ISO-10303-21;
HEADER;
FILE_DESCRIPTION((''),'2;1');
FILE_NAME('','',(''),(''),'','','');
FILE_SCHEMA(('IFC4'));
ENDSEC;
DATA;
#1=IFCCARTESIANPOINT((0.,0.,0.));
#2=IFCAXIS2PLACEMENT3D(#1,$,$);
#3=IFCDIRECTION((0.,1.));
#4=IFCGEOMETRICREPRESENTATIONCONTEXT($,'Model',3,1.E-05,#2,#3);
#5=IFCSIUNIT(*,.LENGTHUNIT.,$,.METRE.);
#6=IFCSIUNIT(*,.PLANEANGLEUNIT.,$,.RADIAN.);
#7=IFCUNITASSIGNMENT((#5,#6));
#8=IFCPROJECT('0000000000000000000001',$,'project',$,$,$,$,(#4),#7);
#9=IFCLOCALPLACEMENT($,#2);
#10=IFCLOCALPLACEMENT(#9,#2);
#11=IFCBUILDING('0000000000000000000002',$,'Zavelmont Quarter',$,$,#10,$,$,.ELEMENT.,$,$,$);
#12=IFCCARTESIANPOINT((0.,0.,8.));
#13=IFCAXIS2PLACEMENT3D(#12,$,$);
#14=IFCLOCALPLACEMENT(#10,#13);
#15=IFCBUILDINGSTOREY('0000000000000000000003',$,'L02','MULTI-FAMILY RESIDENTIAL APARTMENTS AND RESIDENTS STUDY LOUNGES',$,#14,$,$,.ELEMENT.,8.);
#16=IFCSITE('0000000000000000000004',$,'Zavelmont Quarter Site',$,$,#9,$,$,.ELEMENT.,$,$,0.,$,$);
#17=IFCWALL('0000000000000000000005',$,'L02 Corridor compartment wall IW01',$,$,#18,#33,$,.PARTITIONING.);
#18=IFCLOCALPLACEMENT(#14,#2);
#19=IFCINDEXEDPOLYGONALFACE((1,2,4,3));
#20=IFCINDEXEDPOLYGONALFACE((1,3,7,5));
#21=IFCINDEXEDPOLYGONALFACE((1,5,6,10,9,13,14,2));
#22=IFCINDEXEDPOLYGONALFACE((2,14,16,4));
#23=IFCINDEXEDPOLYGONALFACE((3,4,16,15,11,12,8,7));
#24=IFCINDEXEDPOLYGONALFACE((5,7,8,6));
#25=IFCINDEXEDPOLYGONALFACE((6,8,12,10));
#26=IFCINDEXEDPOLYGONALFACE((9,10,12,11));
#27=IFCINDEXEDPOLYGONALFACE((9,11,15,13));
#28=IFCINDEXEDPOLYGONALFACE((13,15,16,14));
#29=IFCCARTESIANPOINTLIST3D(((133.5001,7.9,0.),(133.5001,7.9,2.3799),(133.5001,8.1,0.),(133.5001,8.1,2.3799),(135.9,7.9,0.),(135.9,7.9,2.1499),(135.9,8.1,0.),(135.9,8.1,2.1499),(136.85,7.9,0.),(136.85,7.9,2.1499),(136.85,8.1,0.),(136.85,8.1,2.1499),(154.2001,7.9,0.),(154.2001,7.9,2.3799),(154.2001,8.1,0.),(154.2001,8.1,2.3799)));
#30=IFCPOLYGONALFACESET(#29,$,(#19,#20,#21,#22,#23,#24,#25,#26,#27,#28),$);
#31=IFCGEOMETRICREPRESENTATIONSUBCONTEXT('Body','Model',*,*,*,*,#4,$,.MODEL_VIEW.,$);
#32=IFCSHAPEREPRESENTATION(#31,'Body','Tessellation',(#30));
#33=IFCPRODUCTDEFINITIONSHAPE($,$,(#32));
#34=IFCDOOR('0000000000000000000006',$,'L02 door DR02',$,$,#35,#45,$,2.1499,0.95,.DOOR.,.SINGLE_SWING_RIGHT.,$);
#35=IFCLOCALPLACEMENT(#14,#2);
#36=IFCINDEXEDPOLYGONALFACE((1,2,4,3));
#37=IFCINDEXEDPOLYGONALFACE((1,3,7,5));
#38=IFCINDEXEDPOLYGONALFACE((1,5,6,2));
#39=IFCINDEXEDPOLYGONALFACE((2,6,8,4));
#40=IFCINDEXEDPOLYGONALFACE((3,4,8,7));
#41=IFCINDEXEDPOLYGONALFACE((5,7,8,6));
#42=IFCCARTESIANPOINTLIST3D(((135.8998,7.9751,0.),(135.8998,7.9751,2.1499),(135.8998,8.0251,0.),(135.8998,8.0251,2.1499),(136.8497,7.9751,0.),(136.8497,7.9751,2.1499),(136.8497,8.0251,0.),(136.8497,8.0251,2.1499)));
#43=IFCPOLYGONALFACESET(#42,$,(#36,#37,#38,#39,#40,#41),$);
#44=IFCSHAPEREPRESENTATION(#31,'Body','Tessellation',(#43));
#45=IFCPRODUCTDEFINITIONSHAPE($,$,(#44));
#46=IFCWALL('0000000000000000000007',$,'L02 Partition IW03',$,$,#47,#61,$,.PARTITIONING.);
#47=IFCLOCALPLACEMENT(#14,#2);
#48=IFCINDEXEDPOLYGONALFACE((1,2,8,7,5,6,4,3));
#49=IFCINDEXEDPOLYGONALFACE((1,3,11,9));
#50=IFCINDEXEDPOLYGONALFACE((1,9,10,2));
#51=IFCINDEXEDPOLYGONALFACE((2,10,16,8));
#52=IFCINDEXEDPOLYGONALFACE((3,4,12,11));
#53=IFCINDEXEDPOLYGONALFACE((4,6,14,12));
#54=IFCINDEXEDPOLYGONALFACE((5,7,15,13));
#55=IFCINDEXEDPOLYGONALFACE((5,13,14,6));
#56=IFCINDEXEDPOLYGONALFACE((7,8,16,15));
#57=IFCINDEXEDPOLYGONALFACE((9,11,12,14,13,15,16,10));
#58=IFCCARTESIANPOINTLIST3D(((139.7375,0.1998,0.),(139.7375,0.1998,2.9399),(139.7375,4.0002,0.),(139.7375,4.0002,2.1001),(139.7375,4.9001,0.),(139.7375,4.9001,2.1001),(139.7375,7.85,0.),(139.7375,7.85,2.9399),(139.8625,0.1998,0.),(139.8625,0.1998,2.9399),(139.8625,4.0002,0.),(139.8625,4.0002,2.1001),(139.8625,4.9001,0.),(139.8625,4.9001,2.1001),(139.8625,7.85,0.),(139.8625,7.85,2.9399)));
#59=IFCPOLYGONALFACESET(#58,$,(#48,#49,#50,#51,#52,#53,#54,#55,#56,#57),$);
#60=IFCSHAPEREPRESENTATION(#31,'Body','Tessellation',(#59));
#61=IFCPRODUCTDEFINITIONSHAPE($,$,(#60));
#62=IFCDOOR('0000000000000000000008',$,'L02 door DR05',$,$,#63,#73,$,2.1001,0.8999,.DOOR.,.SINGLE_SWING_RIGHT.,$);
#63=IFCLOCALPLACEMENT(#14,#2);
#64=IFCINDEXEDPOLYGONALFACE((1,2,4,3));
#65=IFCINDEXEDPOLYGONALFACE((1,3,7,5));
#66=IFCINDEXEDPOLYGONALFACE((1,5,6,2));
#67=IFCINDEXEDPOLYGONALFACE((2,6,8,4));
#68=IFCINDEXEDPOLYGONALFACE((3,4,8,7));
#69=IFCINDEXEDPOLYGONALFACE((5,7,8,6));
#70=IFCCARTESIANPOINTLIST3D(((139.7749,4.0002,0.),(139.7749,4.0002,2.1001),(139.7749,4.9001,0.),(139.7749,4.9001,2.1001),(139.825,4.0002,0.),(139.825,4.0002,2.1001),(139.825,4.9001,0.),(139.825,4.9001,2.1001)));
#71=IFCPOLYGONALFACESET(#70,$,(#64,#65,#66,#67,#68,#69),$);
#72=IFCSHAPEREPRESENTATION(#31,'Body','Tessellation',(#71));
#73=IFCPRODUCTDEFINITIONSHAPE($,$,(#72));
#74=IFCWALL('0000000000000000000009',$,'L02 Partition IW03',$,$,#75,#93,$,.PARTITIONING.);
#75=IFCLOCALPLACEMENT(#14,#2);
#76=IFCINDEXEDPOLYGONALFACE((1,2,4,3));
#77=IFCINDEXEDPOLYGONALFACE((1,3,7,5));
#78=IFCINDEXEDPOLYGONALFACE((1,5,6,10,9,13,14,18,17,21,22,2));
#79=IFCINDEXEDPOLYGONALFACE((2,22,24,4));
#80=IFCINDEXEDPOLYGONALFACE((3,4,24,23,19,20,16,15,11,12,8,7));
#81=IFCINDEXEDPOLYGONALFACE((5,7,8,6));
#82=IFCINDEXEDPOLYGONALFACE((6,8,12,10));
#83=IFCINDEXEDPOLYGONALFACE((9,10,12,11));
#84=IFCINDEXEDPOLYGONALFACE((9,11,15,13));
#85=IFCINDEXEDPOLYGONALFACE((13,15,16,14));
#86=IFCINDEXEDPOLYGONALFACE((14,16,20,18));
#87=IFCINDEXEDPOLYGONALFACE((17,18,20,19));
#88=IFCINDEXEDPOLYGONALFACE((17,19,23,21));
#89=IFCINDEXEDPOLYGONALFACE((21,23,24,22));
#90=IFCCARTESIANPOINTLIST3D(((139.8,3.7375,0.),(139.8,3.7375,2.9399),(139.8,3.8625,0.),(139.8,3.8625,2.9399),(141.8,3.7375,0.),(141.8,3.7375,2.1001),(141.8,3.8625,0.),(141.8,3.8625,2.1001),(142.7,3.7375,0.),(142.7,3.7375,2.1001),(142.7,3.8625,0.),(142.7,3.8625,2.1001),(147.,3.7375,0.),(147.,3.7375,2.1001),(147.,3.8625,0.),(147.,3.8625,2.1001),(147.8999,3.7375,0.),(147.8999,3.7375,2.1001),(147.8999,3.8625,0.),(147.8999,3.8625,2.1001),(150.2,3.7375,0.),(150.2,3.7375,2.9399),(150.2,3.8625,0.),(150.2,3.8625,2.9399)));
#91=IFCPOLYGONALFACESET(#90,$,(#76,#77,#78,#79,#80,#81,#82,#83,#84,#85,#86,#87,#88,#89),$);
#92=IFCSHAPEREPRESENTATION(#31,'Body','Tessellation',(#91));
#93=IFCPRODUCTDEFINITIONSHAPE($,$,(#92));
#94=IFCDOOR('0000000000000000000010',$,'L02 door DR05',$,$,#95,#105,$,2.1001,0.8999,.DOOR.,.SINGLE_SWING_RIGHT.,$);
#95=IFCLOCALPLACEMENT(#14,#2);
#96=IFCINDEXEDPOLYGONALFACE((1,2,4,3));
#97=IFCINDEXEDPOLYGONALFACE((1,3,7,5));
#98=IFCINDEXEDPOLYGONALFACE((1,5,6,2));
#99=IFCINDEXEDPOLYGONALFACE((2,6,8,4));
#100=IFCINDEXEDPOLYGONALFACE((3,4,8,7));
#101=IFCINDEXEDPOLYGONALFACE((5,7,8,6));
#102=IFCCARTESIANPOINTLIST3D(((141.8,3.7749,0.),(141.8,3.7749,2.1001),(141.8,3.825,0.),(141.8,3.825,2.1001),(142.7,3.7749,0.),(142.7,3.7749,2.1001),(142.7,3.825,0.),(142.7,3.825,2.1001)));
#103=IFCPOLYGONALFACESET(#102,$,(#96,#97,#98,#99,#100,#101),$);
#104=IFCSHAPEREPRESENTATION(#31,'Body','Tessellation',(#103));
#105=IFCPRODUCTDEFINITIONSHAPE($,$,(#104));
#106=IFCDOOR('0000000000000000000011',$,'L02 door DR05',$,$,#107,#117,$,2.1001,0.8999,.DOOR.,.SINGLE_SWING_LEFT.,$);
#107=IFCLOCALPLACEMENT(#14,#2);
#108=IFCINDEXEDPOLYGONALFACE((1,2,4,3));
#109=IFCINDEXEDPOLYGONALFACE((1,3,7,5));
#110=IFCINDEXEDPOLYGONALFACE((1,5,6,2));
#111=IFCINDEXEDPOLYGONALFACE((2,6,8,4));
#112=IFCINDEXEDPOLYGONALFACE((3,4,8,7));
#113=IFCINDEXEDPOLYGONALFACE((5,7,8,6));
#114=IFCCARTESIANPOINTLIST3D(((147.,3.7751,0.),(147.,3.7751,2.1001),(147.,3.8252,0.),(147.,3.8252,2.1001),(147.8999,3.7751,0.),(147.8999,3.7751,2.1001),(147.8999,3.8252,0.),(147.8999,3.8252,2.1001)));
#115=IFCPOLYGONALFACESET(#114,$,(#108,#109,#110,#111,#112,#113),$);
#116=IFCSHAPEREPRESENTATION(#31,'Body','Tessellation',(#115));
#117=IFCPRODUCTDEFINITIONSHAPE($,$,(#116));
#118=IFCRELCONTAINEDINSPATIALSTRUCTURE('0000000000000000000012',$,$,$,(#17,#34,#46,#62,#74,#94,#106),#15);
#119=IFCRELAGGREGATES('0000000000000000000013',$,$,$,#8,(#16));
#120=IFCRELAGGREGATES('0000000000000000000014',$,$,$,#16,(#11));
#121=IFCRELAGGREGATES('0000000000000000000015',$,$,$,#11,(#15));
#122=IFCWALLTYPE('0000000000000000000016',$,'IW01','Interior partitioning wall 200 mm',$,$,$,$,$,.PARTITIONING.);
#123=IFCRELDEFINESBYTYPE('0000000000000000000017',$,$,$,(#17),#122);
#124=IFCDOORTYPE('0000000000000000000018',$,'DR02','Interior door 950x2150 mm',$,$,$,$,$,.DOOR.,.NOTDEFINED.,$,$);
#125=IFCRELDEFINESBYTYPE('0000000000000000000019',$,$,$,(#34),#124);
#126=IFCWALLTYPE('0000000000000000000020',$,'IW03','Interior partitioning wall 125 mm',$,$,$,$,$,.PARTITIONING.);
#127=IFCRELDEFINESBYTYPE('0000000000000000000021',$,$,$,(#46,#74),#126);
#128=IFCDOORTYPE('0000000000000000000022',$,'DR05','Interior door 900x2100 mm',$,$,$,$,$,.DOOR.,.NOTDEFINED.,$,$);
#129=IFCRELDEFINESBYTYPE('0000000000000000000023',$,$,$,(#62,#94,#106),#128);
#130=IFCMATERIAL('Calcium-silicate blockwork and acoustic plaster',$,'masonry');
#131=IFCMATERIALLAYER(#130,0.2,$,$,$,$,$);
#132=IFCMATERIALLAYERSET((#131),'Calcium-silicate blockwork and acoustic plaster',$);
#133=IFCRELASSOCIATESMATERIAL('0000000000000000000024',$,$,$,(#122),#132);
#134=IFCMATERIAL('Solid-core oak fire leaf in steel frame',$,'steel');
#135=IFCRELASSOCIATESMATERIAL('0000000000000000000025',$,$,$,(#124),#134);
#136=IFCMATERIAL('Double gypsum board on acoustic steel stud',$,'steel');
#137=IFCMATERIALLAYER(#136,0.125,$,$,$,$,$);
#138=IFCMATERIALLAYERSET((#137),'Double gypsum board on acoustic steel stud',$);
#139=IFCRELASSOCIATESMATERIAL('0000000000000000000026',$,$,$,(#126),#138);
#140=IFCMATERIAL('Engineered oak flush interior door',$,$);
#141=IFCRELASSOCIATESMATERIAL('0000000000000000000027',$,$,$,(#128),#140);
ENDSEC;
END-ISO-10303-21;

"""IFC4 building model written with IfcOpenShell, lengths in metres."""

from ifc_helpers import new_model, si_unit, direction, frame, frame_2d, origin, origin_with_axes, place, context, subcontext, project, spatial, rectangle, extrude, material, layer, layer_set, type_object, element, fill, save


model = new_model("IFC4")

# Units and contexts
model_context = context("Model", 3, precision=1e-05, world=origin(), true_north=direction((0.0, 1.0)))
body_context = subcontext(model_context, "Body", "Model", "MODEL_VIEW")
ifc_project = project(units=[si_unit("LENGTHUNIT", "METRE"), si_unit("PLANEANGLEUNIT", "RADIAN")], contexts=[model_context])

# Site, building, storey
site_placement = place(None, origin())
site = spatial("IfcSite", under=ifc_project, at=site_placement, Name="Zavelmont Quarter Site", CompositionType="ELEMENT", RefElevation=0.0)
building_placement = place(site_placement, origin())
building = spatial("IfcBuilding", under=site, at=building_placement, Name="Zavelmont Quarter", CompositionType="ELEMENT")
storey_placement = place(building_placement, frame((0.0, 0.0, 8.0)))
storey = spatial("IfcBuildingStorey", under=building, at=storey_placement, Name="L02", Description="MULTI-FAMILY RESIDENTIAL APARTMENTS AND RESIDENTS STUDY LOUNGES", CompositionType="ELEMENT", Elevation=8.0)

# Shared definitions
ifc_material_1 = material(Name="Calcium-silicate blockwork and acoustic plaster", Category="masonry")
ifc_layer_1 = layer(ifc_material_1, 0.2)
ifc_layer_set_1 = layer_set([ifc_layer_1], Name="Calcium-silicate blockwork and acoustic plaster")
wall_type_1 = type_object("IfcWallType", Name="IW01", Description="Interior partitioning wall 200 mm", PredefinedType="PARTITIONING", material=ifc_layer_set_1)

# Walls, openings, doors
wall_1_placement = place(storey_placement, frame((133.5, 8.0, 0.0), z_axis=(0.0, 0.0, 1.0), x_axis=(1.0, 0.0, 0.0)))
wall_1 = element("IfcWall", 1, at=wall_1_placement, inside=storey, type_object=wall_type_1, Name="L02 Corridor compartment wall IW01", PredefinedType="PARTITIONING", context=body_context, shape_type="SweptSolid", body=[
    extrude(rectangle(XDim=20.7, YDim=0.2, at=frame_2d((10.3501, 0.0))), origin(), (0.0, 0.0, 1.0), 2.3799),
])
opening_1_placement = place(wall_1_placement, frame((2.3999, 0.0, 0.0)))
opening_1 = element("IfcOpeningElement", 2, at=opening_1_placement, cuts=wall_1, PredefinedType="OPENING", context=body_context, shape_type="SweptSolid", body=[
    extrude(rectangle(XDim=0.95, YDim=2.1499, at=frame_2d((0.4751, 1.075))), frame((0.0, 0.1118, 0.0), z_axis=(0.0, -1.0, 0.0), x_axis=(1.0, 0.0, 0.0)), (0.0, 0.0, 1.0), 0.2239),
])
ifc_material_2 = material(Name="Solid-core oak fire leaf in steel frame", Category="steel")
door_type_1 = type_object("IfcDoorType", Name="DR02", Description="Interior door 950x2150 mm", OperationType="NOTDEFINED", PredefinedType="DOOR", material=ifc_material_2)
door_1_placement = place(opening_1_placement, frame((0.95, 0.0, 0.0), z_axis=(0.0, 0.0, 1.0), x_axis=(-1.0, 0.0, 0.0)))
door_1 = element("IfcDoor", 3, at=door_1_placement, inside=storey, type_object=door_type_1, Name="L02 door DR02", OperationType="SINGLE_SWING_RIGHT", OverallHeight=2.1499, OverallWidth=0.95, PredefinedType="DOOR", context=body_context, shape_type="SweptSolid", body=[
    extrude(rectangle(XDim=0.95, YDim=2.1499, at=frame_2d((0.4751, 1.075))), frame((0.0, 0.0249, 0.0), z_axis=(0.0, -1.0, 0.0), x_axis=(1.0, 0.0, 0.0)), (0.0, 0.0, 1.0), 0.05),
])
fill(opening_1, door_1)
ifc_material_3 = material(Name="Double gypsum board on acoustic steel stud", Category="steel")
ifc_layer_2 = layer(ifc_material_3, 0.125)
ifc_layer_set_2 = layer_set([ifc_layer_2], Name="Double gypsum board on acoustic steel stud")
wall_type_2 = type_object("IfcWallType", Name="IW03", Description="Interior partitioning wall 125 mm", PredefinedType="PARTITIONING", material=ifc_layer_set_2)
wall_2_placement = place(storey_placement, frame((139.8, 7.8501, 0.0), z_axis=(0.0, 0.0, 1.0), x_axis=(0.0, -1.0, 0.0)))
wall_2 = element("IfcWall", 4, at=wall_2_placement, inside=storey, type_object=wall_type_2, Name="L02 Partition IW03", PredefinedType="PARTITIONING", context=body_context, shape_type="SweptSolid", body=[
    extrude(rectangle(XDim=7.6501, YDim=0.125, at=frame_2d((3.8252, 0.0))), origin(), (0.0, 0.0, 1.0), 2.9399),
])
opening_2_placement = place(wall_2_placement, frame((2.95, 0.0, 0.0)))
opening_2 = element("IfcOpeningElement", 5, at=opening_2_placement, cuts=wall_2, PredefinedType="OPENING", context=body_context, shape_type="SweptSolid", body=[
    extrude(rectangle(XDim=0.8999, YDim=2.1001, at=frame_2d((0.45, 1.05))), frame((0.0, 0.0745, 0.0), z_axis=(0.0, -1.0, 0.0), x_axis=(1.0, 0.0, 0.0)), (0.0, 0.0, 1.0), 0.1489),
])
ifc_material_4 = material(Name="Engineered oak flush interior door")
door_type_2 = type_object("IfcDoorType", Name="DR05", Description="Interior door 900x2100 mm", OperationType="NOTDEFINED", PredefinedType="DOOR", material=ifc_material_4)
door_2_placement = place(opening_2_placement, origin_with_axes())
door_2 = element("IfcDoor", 6, at=door_2_placement, inside=storey, type_object=door_type_2, Name="L02 door DR05", OperationType="SINGLE_SWING_RIGHT", OverallHeight=2.1001, OverallWidth=0.8999, PredefinedType="DOOR", context=body_context, shape_type="SweptSolid", body=[
    extrude(rectangle(XDim=0.8999, YDim=2.1001, at=frame_2d((0.45, 1.05))), frame((0.0, 0.0249, 0.0), z_axis=(0.0, -1.0, 0.0), x_axis=(1.0, 0.0, 0.0)), (0.0, 0.0, 1.0), 0.05),
])
fill(opening_2, door_2)

# Wall, openings, doors
wall_3_placement = place(storey_placement, frame((139.8, 3.8, 0.0), z_axis=(0.0, 0.0, 1.0), x_axis=(1.0, 0.0, 0.0)))
wall_3 = element("IfcWall", 7, at=wall_3_placement, inside=storey, type_object=wall_type_2, Name="L02 Partition IW03", PredefinedType="PARTITIONING", context=body_context, shape_type="SweptSolid", body=[
    extrude(rectangle(XDim=10.3999, YDim=0.125, at=frame_2d((5.2, 0.0))), origin(), (0.0, 0.0, 1.0), 2.9399),
])
opening_3_placement = place(wall_3_placement, frame((2.0, 0.0, 0.0)))
opening_3 = element("IfcOpeningElement", 8, at=opening_3_placement, cuts=wall_3, PredefinedType="OPENING", context=body_context, shape_type="SweptSolid", body=[
    extrude(rectangle(XDim=0.8999, YDim=2.1001, at=frame_2d((0.45, 1.05))), frame((0.0, 0.0745, 0.0), z_axis=(0.0, -1.0, 0.0), x_axis=(1.0, 0.0, 0.0)), (0.0, 0.0, 1.0), 0.1489),
])
opening_4_placement = place(wall_3_placement, frame((7.2, 0.0, 0.0)))
opening_4 = element("IfcOpeningElement", 9, at=opening_4_placement, cuts=wall_3, PredefinedType="OPENING", context=body_context, shape_type="SweptSolid", body=[
    extrude(rectangle(XDim=0.8999, YDim=2.1001, at=frame_2d((0.45, 1.05))), frame((0.0, 0.0745, 0.0), z_axis=(0.0, -1.0, 0.0), x_axis=(1.0, 0.0, 0.0)), (0.0, 0.0, 1.0), 0.1489),
])
door_3_placement = place(opening_3_placement, origin_with_axes())
door_3 = element("IfcDoor", 10, at=door_3_placement, inside=storey, type_object=door_type_2, Name="L02 door DR05", OperationType="SINGLE_SWING_RIGHT", OverallHeight=2.1001, OverallWidth=0.8999, PredefinedType="DOOR", context=body_context, shape_type="SweptSolid", body=[
    extrude(rectangle(XDim=0.8999, YDim=2.1001, at=frame_2d((0.45, 1.05))), frame((0.0, 0.0249, 0.0), z_axis=(0.0, -1.0, 0.0), x_axis=(1.0, 0.0, 0.0)), (0.0, 0.0, 1.0), 0.05),
])
fill(opening_3, door_3)
door_4_placement = place(opening_4_placement, frame((0.8999, 0.0, 0.0), z_axis=(0.0, 0.0, 1.0), x_axis=(-1.0, 0.0, 0.0)))
door_4 = element("IfcDoor", 11, at=door_4_placement, inside=storey, type_object=door_type_2, Name="L02 door DR05", OperationType="SINGLE_SWING_LEFT", OverallHeight=2.1001, OverallWidth=0.8999, PredefinedType="DOOR", context=body_context, shape_type="SweptSolid", body=[
    extrude(rectangle(XDim=0.8999, YDim=2.1001, at=frame_2d((0.45, 1.05))), frame((0.0, 0.0249, 0.0), z_axis=(0.0, -1.0, 0.0), x_axis=(1.0, 0.0, 0.0)), (0.0, 0.0, 1.0), 0.05),
])
fill(opening_4, door_4)

save(model, "model.ifc")
